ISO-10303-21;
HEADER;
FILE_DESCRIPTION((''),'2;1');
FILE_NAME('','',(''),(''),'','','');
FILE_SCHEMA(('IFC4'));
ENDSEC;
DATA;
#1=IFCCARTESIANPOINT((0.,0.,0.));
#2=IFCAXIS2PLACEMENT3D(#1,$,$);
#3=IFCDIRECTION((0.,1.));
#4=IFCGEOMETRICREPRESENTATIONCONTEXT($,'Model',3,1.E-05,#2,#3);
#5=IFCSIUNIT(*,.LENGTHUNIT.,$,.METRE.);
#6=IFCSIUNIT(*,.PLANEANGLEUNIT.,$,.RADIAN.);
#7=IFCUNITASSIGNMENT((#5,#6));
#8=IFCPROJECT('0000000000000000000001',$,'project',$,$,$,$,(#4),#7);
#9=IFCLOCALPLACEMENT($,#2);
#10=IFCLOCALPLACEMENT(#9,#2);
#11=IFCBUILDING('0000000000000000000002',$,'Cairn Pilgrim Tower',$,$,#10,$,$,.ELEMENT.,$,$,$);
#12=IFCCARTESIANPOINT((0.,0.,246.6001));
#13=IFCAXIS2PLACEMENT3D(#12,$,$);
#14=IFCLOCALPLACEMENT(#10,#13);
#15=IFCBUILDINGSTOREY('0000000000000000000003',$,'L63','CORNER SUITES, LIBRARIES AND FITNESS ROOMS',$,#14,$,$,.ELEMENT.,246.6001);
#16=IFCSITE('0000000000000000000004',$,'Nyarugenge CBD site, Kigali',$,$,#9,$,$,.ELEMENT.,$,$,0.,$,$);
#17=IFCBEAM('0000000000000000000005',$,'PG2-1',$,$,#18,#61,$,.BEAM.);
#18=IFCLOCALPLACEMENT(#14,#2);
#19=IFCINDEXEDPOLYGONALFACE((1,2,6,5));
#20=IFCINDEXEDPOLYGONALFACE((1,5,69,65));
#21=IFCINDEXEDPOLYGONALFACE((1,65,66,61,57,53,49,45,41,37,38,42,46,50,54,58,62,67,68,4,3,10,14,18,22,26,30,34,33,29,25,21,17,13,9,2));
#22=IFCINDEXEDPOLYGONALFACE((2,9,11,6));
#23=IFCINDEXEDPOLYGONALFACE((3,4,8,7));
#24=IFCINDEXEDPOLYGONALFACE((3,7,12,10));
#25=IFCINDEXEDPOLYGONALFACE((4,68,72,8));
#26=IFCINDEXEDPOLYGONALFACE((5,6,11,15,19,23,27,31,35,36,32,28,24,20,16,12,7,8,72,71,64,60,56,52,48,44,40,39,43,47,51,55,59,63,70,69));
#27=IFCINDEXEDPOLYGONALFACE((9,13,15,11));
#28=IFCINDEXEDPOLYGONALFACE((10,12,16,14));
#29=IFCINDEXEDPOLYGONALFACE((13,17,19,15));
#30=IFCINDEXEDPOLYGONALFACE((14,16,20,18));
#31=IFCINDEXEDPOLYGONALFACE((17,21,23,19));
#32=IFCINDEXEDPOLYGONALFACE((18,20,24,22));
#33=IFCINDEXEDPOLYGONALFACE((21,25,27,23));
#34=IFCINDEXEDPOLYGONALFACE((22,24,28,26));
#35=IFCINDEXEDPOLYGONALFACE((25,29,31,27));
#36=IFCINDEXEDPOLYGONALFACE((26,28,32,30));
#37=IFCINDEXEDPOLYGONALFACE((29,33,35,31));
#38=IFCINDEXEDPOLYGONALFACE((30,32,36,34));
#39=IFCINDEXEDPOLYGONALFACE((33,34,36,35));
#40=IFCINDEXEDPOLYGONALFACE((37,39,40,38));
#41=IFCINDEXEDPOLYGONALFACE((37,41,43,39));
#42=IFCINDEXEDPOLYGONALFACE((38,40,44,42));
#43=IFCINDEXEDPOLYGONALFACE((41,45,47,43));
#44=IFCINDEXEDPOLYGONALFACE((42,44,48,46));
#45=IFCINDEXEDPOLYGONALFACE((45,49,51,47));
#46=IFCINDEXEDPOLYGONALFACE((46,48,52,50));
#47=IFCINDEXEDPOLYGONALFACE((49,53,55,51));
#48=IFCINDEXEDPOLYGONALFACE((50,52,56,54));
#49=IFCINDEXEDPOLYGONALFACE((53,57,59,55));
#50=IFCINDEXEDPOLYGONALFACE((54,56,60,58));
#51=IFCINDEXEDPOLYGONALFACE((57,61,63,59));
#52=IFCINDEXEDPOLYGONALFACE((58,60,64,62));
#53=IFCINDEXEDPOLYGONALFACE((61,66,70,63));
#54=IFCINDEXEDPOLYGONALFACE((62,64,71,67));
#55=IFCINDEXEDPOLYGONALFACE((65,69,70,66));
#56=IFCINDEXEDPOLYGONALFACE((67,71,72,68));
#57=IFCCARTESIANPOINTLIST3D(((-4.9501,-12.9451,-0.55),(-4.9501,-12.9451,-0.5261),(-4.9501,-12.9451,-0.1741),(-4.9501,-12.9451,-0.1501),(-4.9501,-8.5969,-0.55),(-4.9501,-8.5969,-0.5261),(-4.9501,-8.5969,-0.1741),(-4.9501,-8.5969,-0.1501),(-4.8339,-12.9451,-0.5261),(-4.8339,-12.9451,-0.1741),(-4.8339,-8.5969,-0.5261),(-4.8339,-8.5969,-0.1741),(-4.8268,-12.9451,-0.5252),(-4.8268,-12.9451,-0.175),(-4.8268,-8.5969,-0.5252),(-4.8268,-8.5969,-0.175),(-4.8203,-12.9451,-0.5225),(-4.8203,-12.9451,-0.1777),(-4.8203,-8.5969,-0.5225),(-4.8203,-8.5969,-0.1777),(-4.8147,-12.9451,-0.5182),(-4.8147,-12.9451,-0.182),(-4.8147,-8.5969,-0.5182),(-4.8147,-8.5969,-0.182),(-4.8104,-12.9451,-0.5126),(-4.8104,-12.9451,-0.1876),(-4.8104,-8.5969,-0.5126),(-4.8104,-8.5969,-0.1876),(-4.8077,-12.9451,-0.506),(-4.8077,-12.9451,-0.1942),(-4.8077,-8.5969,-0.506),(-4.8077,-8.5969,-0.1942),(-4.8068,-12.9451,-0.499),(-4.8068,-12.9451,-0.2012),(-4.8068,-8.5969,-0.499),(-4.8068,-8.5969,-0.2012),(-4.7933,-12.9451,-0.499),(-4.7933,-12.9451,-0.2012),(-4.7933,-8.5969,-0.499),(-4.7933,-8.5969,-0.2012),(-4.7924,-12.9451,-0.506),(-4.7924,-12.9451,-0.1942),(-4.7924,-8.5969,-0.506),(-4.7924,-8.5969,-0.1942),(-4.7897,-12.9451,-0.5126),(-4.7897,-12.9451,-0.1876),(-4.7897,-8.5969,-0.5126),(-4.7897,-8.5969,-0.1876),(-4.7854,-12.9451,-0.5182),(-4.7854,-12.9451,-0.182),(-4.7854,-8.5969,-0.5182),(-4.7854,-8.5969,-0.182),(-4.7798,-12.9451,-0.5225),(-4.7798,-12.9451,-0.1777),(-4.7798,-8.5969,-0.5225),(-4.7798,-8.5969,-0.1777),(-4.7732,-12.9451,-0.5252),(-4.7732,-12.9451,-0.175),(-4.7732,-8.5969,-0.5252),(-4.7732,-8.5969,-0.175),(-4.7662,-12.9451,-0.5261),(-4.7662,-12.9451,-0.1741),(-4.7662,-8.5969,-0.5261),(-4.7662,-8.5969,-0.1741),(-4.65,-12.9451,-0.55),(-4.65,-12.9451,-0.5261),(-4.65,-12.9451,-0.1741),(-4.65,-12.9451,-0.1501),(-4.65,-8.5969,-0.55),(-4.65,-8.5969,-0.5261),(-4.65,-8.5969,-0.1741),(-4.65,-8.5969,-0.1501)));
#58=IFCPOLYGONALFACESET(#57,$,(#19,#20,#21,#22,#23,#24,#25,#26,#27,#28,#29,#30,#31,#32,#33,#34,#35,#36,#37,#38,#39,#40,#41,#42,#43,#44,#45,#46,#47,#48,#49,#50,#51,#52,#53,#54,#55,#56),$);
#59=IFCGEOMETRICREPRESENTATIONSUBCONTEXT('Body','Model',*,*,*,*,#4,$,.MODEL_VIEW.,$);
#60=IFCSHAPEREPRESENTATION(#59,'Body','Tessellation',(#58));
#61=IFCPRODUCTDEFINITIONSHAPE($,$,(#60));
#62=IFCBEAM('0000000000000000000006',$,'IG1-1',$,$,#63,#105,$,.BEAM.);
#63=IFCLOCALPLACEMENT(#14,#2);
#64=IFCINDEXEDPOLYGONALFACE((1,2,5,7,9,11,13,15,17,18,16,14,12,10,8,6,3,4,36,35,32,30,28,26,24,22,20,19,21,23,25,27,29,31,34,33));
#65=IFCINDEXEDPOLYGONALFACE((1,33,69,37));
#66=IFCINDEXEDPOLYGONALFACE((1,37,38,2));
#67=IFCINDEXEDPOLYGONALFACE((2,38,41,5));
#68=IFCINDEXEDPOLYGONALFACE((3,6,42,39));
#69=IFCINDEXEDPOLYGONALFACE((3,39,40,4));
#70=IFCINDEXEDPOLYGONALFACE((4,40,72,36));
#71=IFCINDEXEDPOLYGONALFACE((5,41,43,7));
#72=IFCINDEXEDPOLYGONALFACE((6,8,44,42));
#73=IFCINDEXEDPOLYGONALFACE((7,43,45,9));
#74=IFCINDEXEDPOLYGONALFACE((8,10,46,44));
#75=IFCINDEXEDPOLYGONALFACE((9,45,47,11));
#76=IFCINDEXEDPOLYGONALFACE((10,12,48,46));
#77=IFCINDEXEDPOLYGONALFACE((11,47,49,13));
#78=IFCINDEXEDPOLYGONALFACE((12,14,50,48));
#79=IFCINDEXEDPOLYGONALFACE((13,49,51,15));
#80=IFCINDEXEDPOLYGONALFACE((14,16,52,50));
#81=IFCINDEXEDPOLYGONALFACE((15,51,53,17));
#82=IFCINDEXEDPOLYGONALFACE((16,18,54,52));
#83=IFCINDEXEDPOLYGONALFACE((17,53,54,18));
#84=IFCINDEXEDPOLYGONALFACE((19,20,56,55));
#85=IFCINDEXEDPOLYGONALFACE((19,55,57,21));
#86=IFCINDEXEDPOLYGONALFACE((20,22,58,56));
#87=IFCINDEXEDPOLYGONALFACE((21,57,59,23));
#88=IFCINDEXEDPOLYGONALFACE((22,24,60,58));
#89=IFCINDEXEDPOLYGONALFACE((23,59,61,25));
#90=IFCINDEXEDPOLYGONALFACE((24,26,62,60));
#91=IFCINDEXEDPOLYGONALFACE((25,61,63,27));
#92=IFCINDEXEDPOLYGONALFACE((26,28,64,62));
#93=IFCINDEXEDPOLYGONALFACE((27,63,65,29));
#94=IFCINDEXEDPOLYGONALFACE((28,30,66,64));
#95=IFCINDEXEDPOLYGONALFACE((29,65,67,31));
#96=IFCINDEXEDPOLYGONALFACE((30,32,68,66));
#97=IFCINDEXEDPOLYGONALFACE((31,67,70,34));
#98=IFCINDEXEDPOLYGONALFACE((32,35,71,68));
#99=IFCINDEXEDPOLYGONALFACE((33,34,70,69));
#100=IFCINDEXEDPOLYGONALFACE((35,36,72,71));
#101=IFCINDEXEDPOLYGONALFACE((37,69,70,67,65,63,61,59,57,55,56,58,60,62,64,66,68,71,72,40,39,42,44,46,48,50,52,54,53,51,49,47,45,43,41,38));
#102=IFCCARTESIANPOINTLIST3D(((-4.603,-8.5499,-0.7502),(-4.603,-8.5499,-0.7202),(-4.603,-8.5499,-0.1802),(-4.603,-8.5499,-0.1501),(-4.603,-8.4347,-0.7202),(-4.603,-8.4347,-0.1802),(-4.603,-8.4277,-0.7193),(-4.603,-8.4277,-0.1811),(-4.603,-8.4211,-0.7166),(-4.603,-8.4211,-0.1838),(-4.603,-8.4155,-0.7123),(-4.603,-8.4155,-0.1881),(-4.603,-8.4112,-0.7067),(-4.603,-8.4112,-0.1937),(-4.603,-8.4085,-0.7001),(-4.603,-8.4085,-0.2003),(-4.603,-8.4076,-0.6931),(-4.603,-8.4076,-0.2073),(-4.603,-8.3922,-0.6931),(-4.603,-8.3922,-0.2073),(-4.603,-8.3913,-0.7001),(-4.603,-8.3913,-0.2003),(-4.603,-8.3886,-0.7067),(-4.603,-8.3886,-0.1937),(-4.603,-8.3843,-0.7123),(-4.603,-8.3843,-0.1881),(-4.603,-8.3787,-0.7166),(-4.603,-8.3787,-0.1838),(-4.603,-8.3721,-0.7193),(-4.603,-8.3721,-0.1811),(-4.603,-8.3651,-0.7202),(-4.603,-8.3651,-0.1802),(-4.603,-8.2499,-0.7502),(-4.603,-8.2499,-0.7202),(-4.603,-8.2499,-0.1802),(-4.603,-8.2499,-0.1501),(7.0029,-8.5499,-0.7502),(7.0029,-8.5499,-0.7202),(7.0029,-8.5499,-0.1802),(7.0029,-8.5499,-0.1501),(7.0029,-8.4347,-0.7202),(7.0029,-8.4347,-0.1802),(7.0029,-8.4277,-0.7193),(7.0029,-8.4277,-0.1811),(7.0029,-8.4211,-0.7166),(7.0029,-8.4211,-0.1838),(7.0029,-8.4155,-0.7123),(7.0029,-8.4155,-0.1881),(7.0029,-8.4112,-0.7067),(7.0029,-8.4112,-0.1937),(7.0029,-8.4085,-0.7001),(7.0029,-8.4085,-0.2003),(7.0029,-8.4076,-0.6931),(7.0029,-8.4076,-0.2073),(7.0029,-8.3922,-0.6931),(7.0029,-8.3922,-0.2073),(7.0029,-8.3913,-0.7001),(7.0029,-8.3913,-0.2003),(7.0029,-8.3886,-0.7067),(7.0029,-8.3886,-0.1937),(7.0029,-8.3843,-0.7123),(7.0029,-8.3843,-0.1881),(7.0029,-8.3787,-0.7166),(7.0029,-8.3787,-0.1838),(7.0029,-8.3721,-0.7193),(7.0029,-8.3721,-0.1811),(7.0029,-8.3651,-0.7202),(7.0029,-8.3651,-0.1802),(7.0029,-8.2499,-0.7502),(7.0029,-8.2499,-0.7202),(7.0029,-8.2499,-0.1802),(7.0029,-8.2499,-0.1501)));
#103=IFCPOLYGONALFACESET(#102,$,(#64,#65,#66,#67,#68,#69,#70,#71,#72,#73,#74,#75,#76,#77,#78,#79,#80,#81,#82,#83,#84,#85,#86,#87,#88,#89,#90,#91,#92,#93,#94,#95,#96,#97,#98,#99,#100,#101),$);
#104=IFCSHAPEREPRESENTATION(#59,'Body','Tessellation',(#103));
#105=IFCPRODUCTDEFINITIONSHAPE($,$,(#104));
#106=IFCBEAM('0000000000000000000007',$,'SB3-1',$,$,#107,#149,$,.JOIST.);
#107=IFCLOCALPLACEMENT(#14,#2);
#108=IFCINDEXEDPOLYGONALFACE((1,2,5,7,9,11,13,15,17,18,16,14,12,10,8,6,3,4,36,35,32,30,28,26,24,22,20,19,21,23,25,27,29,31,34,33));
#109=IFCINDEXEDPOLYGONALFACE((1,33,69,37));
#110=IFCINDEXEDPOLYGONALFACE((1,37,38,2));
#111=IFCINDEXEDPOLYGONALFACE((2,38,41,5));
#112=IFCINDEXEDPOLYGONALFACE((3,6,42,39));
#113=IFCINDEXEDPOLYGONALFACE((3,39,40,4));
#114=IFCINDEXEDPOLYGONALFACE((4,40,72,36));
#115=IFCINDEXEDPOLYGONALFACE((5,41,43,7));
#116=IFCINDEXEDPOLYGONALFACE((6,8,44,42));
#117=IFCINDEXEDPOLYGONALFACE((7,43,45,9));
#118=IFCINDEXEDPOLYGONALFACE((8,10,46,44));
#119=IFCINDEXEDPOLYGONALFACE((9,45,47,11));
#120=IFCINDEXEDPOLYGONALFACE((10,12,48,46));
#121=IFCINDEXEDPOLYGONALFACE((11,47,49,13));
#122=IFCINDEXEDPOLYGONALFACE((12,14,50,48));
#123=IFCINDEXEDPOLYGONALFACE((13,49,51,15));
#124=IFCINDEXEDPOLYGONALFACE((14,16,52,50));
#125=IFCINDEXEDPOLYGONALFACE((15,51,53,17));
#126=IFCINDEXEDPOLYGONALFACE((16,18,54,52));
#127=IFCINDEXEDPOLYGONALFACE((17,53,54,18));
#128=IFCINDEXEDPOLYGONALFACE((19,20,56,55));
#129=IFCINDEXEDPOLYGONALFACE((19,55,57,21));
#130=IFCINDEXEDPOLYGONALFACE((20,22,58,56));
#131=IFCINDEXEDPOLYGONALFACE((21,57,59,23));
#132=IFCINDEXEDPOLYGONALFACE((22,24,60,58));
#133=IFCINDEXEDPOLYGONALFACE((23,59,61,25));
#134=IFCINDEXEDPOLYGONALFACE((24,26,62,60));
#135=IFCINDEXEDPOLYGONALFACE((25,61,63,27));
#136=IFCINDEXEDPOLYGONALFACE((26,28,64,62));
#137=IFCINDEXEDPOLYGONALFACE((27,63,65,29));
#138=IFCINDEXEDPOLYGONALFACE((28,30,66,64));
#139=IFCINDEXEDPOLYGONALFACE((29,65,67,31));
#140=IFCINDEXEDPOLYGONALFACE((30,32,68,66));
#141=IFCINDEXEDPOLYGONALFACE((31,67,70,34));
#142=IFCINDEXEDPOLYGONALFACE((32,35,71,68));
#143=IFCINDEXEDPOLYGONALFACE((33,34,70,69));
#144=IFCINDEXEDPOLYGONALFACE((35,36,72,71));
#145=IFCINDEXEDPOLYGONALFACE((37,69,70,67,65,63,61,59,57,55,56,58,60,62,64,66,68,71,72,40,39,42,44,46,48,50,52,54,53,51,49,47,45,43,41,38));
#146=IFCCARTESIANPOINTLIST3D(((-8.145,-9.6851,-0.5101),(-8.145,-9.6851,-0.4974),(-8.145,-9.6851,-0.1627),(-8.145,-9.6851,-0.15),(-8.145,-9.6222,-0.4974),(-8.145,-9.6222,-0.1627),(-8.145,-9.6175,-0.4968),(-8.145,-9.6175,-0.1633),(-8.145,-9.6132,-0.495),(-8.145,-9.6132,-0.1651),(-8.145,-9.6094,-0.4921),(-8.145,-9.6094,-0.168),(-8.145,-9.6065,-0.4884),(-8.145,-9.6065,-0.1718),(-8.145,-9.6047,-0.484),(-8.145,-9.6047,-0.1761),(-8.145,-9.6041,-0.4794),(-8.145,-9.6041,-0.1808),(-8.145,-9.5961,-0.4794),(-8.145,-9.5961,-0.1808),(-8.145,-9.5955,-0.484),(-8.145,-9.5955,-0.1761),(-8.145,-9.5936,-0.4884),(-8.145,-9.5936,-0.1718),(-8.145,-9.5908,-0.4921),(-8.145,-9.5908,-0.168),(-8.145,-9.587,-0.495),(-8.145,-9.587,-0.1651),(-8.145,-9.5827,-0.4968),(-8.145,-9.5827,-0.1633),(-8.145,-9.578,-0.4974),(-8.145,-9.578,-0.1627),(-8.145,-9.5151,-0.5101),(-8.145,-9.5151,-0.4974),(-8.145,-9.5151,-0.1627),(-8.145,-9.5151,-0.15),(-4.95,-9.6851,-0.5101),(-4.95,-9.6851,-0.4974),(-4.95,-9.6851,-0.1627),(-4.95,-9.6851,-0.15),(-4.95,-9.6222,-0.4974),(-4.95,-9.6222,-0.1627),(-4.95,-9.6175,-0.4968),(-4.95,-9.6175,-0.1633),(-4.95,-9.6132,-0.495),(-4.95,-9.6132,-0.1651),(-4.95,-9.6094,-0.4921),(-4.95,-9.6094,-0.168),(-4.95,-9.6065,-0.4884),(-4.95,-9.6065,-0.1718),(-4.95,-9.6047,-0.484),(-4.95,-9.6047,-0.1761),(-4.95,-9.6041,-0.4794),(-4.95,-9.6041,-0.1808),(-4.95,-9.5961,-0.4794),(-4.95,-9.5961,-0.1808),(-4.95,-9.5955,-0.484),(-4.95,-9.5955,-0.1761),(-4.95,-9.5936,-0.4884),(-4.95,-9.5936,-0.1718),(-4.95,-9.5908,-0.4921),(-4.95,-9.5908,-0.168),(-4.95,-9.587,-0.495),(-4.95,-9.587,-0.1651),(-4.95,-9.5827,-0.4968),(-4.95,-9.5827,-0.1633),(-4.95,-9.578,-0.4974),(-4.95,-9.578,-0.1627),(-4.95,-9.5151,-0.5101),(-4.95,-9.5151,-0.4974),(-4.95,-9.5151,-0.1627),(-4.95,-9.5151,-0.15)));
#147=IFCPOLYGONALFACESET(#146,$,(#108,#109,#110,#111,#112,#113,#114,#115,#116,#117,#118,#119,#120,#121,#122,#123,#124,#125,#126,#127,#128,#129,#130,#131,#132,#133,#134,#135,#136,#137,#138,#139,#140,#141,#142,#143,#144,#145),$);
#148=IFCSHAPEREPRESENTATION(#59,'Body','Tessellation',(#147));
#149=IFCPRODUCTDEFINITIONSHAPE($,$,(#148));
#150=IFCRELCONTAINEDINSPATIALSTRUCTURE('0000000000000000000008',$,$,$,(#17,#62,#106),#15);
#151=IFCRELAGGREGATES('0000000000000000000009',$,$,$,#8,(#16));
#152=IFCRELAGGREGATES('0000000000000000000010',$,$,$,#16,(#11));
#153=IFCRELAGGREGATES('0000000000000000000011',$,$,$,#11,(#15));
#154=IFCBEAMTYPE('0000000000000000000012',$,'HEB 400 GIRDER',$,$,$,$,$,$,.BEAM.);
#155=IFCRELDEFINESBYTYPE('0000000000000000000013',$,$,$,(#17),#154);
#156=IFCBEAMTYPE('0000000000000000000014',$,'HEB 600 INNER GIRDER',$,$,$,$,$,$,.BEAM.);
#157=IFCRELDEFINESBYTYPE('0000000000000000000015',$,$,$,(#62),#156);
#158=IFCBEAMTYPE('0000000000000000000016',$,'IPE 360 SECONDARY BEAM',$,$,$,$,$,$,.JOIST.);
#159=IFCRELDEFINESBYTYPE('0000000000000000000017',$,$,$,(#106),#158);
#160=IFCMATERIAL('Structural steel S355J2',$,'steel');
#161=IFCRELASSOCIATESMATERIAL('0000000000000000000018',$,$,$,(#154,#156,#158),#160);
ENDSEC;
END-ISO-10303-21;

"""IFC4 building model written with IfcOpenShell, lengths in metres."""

from ifc_helpers import new_model, si_unit, direction, frame, origin, origin_2d, place, context, subcontext, project, spatial, i_section, extrude, material, material_profile, profile_set, type_object, element, save


model = new_model("IFC4")

# Units and contexts
model_context = context("Model", 3, precision=1e-05, world=origin(), true_north=direction((0.0, 1.0)))
body_context = subcontext(model_context, "Body", "Model", "MODEL_VIEW")
ifc_project = project(units=[si_unit("LENGTHUNIT", "METRE"), si_unit("PLANEANGLEUNIT", "RADIAN")], contexts=[model_context])

# Site, building, storey
site_placement = place(None, origin())
site = spatial("IfcSite", under=ifc_project, at=site_placement, Name="Nyarugenge CBD site, Kigali", CompositionType="ELEMENT", RefElevation=0.0)
building_placement = place(site_placement, origin())
building = spatial("IfcBuilding", under=site, at=building_placement, Name="Cairn Pilgrim Tower", CompositionType="ELEMENT")
storey_placement = place(building_placement, frame((0.0, 0.0, 246.6001)))
storey = spatial("IfcBuildingStorey", under=building, at=storey_placement, Name="L63", Description="CORNER SUITES, LIBRARIES AND FITNESS ROOMS", CompositionType="ELEMENT", Elevation=246.6001)

# Shared definitions
ifc_material_1 = material(Name="Structural steel S355J2", Category="steel")

# Beams
ifc_material_profile_1 = material_profile(ifc_material_1, i_section(OverallWidth=0.3, OverallDepth=0.3999, WebThickness=0.0134, FlangeThickness=0.0239, FilletRadius=0.0271, at=origin_2d()), Name="HEB 400")
ifc_profile_set_1 = profile_set([ifc_material_profile_1], Name="Structural steel S355J2")
beam_type_1 = type_object("IfcBeamType", Name="HEB 400 GIRDER", PredefinedType="BEAM", material=ifc_profile_set_1)
beam_1_placement = place(storey_placement, frame((-4.8, -12.9451, -0.3501), z_axis=(0.0, 1.0, 0.0), x_axis=(-1.0, 0.0, 0.0)))
element("IfcBeam", 1, at=beam_1_placement, inside=storey, type_object=beam_type_1, Name="PG2-1", PredefinedType="BEAM", context=body_context, shape_type="SweptSolid", body=[
    extrude(i_section(OverallWidth=0.3, OverallDepth=0.3999, WebThickness=0.0134, FlangeThickness=0.0239, FilletRadius=0.0271, at=origin_2d()), origin(), (0.0, 0.0, 1.0), 4.3481),
])
ifc_material_profile_2 = material_profile(ifc_material_1, i_section(OverallWidth=0.3, OverallDepth=0.6001, WebThickness=0.0154, FlangeThickness=0.03, FilletRadius=0.0271, at=origin_2d()), Name="HEB 600")
ifc_profile_set_2 = profile_set([ifc_material_profile_2], Name="Structural steel S355J2")
beam_type_2 = type_object("IfcBeamType", Name="HEB 600 INNER GIRDER", PredefinedType="BEAM", material=ifc_profile_set_2)
beam_2_placement = place(storey_placement, frame((-4.603, -8.3999, -0.4502), z_axis=(1.0, 0.0, 0.0), x_axis=(0.0, 1.0, 0.0)))
element("IfcBeam", 2, at=beam_2_placement, inside=storey, type_object=beam_type_2, Name="IG1-1", PredefinedType="BEAM", context=body_context, shape_type="SweptSolid", body=[
    extrude(i_section(OverallWidth=0.3, OverallDepth=0.6001, WebThickness=0.0154, FlangeThickness=0.03, FilletRadius=0.0271, at=origin_2d()), origin(), (0.0, 0.0, 1.0), 11.606),
])
ifc_material_profile_3 = material_profile(ifc_material_1, i_section(OverallWidth=0.1699, OverallDepth=0.3601, WebThickness=0.0081, FlangeThickness=0.0127, FilletRadius=0.0181, at=origin_2d()), Name="IPE 360")
ifc_profile_set_3 = profile_set([ifc_material_profile_3], Name="Structural steel S355J2")
beam_type_3 = type_object("IfcBeamType", Name="IPE 360 SECONDARY BEAM", PredefinedType="JOIST", material=ifc_profile_set_3)
beam_3_placement = place(storey_placement, frame((-8.145, -9.6001, -0.3301), z_axis=(1.0, 0.0, 0.0), x_axis=(0.0, 1.0, 0.0)))
element("IfcBeam", 3, at=beam_3_placement, inside=storey, type_object=beam_type_3, Name="SB3-1", PredefinedType="JOIST", context=body_context, shape_type="SweptSolid", body=[
    extrude(i_section(OverallWidth=0.1699, OverallDepth=0.3601, WebThickness=0.0081, FlangeThickness=0.0127, FilletRadius=0.0181, at=origin_2d()), origin(), (0.0, 0.0, 1.0), 3.1951),
])

save(model, "model.ifc")
